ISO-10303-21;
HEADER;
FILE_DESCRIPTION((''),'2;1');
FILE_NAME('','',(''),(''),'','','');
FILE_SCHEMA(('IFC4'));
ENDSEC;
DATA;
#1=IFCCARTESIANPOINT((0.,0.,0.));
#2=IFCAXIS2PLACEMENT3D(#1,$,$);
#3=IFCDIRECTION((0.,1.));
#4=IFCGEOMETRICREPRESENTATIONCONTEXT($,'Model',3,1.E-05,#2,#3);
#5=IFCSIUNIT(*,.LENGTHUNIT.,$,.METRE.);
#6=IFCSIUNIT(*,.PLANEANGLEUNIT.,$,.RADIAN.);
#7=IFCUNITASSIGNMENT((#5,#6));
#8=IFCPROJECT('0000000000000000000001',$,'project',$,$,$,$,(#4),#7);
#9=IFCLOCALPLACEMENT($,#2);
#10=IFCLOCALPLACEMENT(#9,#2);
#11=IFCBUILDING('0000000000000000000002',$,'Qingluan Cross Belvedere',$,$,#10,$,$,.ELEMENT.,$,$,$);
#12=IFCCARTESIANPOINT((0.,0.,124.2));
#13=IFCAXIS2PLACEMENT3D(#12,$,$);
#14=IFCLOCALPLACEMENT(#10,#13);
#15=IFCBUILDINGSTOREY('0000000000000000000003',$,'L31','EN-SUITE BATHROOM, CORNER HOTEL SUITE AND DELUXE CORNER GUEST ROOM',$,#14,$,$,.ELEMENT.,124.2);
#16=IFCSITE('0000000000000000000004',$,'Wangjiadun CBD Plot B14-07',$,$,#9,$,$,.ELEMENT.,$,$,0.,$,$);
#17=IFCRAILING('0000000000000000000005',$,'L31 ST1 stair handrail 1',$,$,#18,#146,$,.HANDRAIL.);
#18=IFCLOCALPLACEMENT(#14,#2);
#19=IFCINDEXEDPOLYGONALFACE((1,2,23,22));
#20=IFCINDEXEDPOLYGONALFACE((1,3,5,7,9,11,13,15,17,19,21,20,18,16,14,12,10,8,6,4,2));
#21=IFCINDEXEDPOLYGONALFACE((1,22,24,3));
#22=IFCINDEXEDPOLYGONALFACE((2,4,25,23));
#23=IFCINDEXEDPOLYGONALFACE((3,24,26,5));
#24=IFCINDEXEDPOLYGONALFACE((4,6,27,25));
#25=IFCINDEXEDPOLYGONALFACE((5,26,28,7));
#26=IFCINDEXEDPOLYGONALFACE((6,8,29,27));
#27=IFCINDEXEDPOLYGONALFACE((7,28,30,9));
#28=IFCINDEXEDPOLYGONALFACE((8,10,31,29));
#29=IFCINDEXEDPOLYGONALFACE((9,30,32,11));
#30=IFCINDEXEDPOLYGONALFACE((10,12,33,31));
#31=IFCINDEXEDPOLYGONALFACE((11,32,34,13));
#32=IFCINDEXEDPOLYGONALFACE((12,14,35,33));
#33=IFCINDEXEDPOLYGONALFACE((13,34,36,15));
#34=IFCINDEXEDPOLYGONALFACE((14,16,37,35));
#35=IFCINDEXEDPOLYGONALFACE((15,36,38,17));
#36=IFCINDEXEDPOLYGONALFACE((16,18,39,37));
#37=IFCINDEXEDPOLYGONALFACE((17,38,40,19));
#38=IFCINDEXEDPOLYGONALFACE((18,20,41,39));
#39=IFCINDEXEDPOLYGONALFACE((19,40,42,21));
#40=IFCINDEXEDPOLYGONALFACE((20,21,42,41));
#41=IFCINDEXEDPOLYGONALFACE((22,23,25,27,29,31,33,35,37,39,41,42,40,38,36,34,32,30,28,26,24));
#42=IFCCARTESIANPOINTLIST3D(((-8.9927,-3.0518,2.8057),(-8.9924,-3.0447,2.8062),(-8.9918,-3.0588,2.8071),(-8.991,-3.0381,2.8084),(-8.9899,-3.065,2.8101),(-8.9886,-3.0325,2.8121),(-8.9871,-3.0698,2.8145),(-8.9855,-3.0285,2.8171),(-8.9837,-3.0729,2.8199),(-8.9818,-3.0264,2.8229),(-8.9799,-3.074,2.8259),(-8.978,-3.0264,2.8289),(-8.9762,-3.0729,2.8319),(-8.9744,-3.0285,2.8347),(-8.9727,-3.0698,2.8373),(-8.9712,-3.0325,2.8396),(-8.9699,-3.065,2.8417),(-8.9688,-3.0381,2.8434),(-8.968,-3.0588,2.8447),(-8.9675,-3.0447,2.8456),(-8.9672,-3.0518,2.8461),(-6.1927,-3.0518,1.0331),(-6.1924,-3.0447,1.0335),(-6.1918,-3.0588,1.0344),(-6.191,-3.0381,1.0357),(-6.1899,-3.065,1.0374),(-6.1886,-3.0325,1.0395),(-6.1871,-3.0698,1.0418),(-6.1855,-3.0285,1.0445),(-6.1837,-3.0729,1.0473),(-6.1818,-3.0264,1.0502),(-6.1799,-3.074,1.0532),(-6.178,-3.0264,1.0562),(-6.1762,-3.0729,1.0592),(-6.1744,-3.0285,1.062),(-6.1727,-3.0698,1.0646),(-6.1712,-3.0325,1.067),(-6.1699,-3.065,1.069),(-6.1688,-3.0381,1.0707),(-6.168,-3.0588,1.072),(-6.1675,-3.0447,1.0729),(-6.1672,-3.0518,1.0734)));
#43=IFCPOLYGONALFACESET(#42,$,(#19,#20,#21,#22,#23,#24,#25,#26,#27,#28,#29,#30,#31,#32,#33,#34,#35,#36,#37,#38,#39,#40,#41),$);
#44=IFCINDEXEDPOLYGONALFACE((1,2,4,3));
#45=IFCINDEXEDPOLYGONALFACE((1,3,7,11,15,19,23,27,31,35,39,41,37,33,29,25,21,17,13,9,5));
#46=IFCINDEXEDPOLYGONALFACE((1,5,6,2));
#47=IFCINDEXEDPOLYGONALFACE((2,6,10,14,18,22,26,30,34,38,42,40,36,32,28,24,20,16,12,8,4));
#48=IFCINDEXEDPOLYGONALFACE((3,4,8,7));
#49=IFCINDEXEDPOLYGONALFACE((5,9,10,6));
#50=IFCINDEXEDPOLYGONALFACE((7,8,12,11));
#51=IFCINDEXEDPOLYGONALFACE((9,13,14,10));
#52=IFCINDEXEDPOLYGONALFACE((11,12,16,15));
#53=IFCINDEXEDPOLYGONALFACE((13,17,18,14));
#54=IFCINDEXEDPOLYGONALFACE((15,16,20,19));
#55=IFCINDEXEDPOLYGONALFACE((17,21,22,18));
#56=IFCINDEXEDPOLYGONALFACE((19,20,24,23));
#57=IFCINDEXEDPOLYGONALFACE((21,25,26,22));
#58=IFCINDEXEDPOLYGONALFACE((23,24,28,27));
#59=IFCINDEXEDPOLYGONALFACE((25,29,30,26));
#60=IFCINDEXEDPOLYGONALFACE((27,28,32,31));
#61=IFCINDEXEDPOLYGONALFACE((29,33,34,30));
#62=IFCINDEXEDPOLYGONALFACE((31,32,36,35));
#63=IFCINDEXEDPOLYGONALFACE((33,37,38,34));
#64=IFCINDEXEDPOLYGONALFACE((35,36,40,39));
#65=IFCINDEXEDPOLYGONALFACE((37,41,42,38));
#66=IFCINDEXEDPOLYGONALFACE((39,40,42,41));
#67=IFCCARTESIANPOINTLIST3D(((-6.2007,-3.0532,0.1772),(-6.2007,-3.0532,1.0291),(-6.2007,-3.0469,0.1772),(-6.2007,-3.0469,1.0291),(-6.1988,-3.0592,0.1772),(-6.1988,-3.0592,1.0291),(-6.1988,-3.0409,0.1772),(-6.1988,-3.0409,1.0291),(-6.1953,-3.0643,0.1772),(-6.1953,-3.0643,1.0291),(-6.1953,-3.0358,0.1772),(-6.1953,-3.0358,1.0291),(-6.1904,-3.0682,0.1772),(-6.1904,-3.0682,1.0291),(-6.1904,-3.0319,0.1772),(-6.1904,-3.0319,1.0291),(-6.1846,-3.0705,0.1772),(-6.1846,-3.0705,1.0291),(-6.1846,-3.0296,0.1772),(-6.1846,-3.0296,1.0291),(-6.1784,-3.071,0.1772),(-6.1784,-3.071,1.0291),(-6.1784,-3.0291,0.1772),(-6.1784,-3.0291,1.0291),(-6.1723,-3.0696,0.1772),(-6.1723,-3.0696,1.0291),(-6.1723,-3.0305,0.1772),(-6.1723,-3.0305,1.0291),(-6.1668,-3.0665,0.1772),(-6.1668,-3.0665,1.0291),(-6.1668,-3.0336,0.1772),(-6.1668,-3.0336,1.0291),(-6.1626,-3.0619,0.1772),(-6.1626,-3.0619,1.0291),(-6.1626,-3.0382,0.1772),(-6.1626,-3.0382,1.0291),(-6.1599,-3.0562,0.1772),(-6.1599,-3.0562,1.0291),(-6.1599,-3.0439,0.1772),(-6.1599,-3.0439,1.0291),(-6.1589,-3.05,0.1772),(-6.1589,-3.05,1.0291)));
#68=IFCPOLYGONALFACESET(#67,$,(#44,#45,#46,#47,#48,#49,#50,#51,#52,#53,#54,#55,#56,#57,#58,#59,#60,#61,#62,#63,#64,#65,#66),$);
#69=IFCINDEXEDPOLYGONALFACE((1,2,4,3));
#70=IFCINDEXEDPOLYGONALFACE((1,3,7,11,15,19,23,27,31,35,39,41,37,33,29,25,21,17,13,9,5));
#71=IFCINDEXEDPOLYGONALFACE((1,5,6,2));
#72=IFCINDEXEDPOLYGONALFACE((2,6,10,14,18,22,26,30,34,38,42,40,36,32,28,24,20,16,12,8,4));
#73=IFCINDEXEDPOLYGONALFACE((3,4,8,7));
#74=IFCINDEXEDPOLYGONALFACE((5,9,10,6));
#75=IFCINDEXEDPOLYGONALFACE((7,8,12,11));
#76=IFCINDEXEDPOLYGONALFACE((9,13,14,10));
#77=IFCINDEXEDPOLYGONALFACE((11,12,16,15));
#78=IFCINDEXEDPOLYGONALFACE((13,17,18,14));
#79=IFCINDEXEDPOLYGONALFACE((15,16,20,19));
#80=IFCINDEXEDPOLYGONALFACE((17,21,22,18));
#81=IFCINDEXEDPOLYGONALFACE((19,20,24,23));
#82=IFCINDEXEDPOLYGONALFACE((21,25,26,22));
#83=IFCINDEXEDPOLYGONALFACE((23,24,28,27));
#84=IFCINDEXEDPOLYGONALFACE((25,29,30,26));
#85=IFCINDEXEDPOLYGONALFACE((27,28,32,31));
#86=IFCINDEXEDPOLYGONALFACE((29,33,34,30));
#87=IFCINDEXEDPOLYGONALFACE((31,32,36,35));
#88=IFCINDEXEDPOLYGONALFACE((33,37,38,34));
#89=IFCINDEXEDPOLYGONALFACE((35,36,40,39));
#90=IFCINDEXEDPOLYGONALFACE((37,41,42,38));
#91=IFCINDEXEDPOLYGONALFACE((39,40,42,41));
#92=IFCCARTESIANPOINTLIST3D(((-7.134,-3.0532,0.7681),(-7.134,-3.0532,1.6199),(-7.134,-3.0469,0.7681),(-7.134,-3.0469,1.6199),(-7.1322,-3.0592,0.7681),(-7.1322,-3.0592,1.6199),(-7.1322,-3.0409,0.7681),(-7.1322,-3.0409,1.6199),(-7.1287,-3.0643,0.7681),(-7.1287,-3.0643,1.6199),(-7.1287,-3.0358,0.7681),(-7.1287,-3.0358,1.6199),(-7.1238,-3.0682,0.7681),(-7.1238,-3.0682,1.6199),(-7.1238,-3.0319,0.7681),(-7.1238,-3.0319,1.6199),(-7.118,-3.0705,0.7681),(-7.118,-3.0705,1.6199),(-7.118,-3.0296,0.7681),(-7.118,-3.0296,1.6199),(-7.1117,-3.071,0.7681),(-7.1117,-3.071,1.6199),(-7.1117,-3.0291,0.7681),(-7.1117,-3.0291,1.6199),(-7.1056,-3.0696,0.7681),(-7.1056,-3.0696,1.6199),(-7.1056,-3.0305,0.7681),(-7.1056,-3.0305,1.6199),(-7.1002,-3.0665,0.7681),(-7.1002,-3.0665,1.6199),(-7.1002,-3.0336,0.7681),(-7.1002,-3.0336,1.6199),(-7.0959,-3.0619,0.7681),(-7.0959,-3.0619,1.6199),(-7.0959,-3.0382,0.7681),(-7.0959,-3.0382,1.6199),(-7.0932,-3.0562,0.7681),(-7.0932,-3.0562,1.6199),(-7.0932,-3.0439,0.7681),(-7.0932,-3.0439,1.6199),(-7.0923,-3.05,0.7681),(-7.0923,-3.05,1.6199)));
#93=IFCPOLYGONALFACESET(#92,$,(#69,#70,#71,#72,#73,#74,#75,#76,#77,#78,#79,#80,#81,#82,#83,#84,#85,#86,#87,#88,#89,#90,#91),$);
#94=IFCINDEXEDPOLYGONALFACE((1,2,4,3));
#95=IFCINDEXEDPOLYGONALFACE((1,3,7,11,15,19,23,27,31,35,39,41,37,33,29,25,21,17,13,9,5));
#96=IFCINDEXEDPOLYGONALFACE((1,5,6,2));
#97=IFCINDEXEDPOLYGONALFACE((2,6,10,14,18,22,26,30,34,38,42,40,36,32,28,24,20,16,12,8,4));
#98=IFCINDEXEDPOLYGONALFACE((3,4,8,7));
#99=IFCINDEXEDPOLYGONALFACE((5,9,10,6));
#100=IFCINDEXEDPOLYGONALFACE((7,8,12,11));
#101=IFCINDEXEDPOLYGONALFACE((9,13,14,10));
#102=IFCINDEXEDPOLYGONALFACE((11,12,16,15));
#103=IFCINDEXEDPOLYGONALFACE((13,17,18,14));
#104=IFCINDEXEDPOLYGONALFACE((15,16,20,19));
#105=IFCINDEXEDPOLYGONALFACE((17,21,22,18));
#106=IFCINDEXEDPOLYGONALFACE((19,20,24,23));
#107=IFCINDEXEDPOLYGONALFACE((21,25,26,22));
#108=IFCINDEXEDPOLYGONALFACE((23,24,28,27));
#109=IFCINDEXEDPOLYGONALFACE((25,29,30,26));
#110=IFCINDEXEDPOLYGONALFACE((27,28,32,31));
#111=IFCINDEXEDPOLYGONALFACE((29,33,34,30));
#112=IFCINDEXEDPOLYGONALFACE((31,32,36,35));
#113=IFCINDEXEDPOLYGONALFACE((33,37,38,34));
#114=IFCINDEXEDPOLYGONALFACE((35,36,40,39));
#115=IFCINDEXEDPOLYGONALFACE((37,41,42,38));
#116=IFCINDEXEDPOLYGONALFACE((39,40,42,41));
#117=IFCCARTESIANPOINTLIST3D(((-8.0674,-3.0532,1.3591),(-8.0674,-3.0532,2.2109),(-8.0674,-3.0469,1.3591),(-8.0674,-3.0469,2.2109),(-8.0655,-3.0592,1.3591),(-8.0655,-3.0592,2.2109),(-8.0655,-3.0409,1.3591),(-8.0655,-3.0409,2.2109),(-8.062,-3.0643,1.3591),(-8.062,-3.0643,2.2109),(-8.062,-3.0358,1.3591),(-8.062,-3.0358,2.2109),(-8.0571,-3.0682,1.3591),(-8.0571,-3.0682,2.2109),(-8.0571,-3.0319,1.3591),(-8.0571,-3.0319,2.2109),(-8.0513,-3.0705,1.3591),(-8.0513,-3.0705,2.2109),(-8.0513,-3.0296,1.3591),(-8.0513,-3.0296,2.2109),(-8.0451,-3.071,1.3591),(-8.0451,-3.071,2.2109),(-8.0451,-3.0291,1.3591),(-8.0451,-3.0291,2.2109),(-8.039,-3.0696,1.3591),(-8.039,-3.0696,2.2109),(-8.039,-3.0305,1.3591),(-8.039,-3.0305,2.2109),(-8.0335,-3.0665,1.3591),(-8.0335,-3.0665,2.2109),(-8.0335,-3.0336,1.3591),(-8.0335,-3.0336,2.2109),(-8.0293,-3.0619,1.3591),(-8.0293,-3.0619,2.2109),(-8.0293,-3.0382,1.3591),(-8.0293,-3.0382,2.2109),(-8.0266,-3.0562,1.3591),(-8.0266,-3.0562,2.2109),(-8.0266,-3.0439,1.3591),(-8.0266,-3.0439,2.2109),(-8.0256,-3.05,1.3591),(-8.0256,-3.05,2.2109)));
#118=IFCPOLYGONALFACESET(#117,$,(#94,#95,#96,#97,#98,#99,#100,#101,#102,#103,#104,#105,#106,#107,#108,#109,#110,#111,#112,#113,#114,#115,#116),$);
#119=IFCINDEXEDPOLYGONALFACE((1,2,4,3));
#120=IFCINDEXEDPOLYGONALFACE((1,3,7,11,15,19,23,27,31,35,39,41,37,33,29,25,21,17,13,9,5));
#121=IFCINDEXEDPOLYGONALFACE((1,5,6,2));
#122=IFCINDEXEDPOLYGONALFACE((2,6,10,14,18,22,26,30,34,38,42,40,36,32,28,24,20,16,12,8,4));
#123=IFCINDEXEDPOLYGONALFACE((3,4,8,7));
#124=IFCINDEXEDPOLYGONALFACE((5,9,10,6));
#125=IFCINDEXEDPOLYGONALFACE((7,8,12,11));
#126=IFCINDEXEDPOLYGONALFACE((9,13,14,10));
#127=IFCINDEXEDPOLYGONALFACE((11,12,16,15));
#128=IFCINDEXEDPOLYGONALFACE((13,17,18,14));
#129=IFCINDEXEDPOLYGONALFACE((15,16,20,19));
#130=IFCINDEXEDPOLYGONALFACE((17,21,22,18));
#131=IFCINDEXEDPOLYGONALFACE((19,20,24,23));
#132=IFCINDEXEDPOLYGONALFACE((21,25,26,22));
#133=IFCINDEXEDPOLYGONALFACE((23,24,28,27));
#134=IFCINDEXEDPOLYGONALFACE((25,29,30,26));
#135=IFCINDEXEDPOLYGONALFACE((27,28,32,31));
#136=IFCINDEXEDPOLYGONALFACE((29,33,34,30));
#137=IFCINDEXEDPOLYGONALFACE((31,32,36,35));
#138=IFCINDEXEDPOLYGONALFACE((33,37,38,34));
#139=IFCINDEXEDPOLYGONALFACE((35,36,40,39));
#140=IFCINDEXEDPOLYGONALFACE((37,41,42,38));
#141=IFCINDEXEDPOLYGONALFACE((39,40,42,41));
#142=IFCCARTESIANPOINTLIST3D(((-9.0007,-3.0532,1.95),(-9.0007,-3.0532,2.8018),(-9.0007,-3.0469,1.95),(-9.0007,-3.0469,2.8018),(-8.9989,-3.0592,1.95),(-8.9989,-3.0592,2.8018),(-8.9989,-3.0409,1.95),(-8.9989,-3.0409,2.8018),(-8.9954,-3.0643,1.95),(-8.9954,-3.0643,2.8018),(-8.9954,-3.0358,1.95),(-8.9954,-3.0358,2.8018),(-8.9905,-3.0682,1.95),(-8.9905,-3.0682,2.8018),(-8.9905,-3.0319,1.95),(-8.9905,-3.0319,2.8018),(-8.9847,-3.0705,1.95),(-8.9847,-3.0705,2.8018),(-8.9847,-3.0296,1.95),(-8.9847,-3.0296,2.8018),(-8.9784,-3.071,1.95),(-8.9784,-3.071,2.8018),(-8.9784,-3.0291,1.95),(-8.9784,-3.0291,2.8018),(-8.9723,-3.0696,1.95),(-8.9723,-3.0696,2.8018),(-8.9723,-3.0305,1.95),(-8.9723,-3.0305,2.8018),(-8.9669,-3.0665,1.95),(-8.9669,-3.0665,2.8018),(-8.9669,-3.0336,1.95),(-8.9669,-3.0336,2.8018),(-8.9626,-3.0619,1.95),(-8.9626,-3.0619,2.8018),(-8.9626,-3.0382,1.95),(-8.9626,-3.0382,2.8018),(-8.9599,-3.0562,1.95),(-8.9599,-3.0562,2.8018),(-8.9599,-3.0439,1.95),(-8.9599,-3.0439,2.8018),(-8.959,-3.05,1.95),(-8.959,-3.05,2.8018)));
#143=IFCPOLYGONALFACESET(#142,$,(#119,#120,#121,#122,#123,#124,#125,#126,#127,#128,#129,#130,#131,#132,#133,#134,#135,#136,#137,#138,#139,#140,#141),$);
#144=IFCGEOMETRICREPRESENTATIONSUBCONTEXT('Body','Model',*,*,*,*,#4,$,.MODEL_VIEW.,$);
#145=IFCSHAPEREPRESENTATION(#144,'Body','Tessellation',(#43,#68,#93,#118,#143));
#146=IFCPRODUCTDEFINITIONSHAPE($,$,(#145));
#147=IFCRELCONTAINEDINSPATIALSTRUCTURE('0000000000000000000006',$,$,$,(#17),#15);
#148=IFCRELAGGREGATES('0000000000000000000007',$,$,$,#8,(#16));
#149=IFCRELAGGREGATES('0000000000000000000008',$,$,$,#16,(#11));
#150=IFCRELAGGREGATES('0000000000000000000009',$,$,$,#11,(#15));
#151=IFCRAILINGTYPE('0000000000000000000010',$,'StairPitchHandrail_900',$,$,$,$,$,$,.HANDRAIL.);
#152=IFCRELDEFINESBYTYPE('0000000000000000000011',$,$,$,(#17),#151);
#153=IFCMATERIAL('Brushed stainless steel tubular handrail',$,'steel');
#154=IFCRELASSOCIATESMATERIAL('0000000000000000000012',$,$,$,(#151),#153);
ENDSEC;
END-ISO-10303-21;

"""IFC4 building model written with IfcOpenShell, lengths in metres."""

from ifc_helpers import new_model, si_unit, direction, frame, origin, origin_2d, place, context, subcontext, project, spatial, circle, extrude, material, type_object, element, save


model = new_model("IFC4")

# Units and contexts
model_context = context("Model", 3, precision=1e-05, world=origin(), true_north=direction((0.0, 1.0)))
body_context = subcontext(model_context, "Body", "Model", "MODEL_VIEW")
ifc_project = project(units=[si_unit("LENGTHUNIT", "METRE"), si_unit("PLANEANGLEUNIT", "RADIAN")], contexts=[model_context])

# Site, building, storey
site_placement = place(None, origin())
site = spatial("IfcSite", under=ifc_project, at=site_placement, Name="Wangjiadun CBD Plot B14-07", CompositionType="ELEMENT", RefElevation=0.0)
building_placement = place(site_placement, origin())
building = spatial("IfcBuilding", under=site, at=building_placement, Name="Qingluan Cross Belvedere", CompositionType="ELEMENT")
storey_placement = place(building_placement, frame((0.0, 0.0, 124.2)))
storey = spatial("IfcBuildingStorey", under=building, at=storey_placement, Name="L31", Description="EN-SUITE BATHROOM, CORNER HOTEL SUITE AND DELUXE CORNER GUEST ROOM", CompositionType="ELEMENT", Elevation=124.2)

# Railing
ifc_material_1 = material(Name="Brushed stainless steel tubular handrail", Category="steel")
railing_type_1 = type_object("IfcRailingType", Name="StairPitchHandrail_900", PredefinedType="HANDRAIL", material=ifc_material_1)
railing_1_placement = place(storey_placement, frame((-6.1799, -3.05, 0.1772)))
element("IfcRailing", 1, at=railing_1_placement, inside=storey, type_object=railing_type_1, Name="L31 ST1 stair handrail 1", PredefinedType="HANDRAIL", context=body_context, shape_type="SweptSolid", body=[
    extrude(circle(Radius=0.0239, at=origin_2d()), frame((0.0, 0.0, 0.876), z_axis=(-0.844909, 0.0, 0.53491), x_axis=(0.0, -1.0, 0.0)), (0.0, 0.0, 1.0), 3.314),
    extrude(circle(Radius=0.021, at=origin_2d()), origin(), (0.0, 0.0, 1.0), 0.8518),
    extrude(circle(Radius=0.021, at=origin_2d()), frame((-0.9333, 0.0, 0.5908)), (0.0, 0.0, 1.0), 0.8518),
    extrude(circle(Radius=0.021, at=origin_2d()), frame((-1.8667, 0.0, 1.1819)), (0.0, 0.0, 1.0), 0.8518),
    extrude(circle(Radius=0.021, at=origin_2d()), frame((-2.8, 0.0, 1.7727)), (0.0, 0.0, 1.0), 0.8518),
])

save(model, "model.ifc")
